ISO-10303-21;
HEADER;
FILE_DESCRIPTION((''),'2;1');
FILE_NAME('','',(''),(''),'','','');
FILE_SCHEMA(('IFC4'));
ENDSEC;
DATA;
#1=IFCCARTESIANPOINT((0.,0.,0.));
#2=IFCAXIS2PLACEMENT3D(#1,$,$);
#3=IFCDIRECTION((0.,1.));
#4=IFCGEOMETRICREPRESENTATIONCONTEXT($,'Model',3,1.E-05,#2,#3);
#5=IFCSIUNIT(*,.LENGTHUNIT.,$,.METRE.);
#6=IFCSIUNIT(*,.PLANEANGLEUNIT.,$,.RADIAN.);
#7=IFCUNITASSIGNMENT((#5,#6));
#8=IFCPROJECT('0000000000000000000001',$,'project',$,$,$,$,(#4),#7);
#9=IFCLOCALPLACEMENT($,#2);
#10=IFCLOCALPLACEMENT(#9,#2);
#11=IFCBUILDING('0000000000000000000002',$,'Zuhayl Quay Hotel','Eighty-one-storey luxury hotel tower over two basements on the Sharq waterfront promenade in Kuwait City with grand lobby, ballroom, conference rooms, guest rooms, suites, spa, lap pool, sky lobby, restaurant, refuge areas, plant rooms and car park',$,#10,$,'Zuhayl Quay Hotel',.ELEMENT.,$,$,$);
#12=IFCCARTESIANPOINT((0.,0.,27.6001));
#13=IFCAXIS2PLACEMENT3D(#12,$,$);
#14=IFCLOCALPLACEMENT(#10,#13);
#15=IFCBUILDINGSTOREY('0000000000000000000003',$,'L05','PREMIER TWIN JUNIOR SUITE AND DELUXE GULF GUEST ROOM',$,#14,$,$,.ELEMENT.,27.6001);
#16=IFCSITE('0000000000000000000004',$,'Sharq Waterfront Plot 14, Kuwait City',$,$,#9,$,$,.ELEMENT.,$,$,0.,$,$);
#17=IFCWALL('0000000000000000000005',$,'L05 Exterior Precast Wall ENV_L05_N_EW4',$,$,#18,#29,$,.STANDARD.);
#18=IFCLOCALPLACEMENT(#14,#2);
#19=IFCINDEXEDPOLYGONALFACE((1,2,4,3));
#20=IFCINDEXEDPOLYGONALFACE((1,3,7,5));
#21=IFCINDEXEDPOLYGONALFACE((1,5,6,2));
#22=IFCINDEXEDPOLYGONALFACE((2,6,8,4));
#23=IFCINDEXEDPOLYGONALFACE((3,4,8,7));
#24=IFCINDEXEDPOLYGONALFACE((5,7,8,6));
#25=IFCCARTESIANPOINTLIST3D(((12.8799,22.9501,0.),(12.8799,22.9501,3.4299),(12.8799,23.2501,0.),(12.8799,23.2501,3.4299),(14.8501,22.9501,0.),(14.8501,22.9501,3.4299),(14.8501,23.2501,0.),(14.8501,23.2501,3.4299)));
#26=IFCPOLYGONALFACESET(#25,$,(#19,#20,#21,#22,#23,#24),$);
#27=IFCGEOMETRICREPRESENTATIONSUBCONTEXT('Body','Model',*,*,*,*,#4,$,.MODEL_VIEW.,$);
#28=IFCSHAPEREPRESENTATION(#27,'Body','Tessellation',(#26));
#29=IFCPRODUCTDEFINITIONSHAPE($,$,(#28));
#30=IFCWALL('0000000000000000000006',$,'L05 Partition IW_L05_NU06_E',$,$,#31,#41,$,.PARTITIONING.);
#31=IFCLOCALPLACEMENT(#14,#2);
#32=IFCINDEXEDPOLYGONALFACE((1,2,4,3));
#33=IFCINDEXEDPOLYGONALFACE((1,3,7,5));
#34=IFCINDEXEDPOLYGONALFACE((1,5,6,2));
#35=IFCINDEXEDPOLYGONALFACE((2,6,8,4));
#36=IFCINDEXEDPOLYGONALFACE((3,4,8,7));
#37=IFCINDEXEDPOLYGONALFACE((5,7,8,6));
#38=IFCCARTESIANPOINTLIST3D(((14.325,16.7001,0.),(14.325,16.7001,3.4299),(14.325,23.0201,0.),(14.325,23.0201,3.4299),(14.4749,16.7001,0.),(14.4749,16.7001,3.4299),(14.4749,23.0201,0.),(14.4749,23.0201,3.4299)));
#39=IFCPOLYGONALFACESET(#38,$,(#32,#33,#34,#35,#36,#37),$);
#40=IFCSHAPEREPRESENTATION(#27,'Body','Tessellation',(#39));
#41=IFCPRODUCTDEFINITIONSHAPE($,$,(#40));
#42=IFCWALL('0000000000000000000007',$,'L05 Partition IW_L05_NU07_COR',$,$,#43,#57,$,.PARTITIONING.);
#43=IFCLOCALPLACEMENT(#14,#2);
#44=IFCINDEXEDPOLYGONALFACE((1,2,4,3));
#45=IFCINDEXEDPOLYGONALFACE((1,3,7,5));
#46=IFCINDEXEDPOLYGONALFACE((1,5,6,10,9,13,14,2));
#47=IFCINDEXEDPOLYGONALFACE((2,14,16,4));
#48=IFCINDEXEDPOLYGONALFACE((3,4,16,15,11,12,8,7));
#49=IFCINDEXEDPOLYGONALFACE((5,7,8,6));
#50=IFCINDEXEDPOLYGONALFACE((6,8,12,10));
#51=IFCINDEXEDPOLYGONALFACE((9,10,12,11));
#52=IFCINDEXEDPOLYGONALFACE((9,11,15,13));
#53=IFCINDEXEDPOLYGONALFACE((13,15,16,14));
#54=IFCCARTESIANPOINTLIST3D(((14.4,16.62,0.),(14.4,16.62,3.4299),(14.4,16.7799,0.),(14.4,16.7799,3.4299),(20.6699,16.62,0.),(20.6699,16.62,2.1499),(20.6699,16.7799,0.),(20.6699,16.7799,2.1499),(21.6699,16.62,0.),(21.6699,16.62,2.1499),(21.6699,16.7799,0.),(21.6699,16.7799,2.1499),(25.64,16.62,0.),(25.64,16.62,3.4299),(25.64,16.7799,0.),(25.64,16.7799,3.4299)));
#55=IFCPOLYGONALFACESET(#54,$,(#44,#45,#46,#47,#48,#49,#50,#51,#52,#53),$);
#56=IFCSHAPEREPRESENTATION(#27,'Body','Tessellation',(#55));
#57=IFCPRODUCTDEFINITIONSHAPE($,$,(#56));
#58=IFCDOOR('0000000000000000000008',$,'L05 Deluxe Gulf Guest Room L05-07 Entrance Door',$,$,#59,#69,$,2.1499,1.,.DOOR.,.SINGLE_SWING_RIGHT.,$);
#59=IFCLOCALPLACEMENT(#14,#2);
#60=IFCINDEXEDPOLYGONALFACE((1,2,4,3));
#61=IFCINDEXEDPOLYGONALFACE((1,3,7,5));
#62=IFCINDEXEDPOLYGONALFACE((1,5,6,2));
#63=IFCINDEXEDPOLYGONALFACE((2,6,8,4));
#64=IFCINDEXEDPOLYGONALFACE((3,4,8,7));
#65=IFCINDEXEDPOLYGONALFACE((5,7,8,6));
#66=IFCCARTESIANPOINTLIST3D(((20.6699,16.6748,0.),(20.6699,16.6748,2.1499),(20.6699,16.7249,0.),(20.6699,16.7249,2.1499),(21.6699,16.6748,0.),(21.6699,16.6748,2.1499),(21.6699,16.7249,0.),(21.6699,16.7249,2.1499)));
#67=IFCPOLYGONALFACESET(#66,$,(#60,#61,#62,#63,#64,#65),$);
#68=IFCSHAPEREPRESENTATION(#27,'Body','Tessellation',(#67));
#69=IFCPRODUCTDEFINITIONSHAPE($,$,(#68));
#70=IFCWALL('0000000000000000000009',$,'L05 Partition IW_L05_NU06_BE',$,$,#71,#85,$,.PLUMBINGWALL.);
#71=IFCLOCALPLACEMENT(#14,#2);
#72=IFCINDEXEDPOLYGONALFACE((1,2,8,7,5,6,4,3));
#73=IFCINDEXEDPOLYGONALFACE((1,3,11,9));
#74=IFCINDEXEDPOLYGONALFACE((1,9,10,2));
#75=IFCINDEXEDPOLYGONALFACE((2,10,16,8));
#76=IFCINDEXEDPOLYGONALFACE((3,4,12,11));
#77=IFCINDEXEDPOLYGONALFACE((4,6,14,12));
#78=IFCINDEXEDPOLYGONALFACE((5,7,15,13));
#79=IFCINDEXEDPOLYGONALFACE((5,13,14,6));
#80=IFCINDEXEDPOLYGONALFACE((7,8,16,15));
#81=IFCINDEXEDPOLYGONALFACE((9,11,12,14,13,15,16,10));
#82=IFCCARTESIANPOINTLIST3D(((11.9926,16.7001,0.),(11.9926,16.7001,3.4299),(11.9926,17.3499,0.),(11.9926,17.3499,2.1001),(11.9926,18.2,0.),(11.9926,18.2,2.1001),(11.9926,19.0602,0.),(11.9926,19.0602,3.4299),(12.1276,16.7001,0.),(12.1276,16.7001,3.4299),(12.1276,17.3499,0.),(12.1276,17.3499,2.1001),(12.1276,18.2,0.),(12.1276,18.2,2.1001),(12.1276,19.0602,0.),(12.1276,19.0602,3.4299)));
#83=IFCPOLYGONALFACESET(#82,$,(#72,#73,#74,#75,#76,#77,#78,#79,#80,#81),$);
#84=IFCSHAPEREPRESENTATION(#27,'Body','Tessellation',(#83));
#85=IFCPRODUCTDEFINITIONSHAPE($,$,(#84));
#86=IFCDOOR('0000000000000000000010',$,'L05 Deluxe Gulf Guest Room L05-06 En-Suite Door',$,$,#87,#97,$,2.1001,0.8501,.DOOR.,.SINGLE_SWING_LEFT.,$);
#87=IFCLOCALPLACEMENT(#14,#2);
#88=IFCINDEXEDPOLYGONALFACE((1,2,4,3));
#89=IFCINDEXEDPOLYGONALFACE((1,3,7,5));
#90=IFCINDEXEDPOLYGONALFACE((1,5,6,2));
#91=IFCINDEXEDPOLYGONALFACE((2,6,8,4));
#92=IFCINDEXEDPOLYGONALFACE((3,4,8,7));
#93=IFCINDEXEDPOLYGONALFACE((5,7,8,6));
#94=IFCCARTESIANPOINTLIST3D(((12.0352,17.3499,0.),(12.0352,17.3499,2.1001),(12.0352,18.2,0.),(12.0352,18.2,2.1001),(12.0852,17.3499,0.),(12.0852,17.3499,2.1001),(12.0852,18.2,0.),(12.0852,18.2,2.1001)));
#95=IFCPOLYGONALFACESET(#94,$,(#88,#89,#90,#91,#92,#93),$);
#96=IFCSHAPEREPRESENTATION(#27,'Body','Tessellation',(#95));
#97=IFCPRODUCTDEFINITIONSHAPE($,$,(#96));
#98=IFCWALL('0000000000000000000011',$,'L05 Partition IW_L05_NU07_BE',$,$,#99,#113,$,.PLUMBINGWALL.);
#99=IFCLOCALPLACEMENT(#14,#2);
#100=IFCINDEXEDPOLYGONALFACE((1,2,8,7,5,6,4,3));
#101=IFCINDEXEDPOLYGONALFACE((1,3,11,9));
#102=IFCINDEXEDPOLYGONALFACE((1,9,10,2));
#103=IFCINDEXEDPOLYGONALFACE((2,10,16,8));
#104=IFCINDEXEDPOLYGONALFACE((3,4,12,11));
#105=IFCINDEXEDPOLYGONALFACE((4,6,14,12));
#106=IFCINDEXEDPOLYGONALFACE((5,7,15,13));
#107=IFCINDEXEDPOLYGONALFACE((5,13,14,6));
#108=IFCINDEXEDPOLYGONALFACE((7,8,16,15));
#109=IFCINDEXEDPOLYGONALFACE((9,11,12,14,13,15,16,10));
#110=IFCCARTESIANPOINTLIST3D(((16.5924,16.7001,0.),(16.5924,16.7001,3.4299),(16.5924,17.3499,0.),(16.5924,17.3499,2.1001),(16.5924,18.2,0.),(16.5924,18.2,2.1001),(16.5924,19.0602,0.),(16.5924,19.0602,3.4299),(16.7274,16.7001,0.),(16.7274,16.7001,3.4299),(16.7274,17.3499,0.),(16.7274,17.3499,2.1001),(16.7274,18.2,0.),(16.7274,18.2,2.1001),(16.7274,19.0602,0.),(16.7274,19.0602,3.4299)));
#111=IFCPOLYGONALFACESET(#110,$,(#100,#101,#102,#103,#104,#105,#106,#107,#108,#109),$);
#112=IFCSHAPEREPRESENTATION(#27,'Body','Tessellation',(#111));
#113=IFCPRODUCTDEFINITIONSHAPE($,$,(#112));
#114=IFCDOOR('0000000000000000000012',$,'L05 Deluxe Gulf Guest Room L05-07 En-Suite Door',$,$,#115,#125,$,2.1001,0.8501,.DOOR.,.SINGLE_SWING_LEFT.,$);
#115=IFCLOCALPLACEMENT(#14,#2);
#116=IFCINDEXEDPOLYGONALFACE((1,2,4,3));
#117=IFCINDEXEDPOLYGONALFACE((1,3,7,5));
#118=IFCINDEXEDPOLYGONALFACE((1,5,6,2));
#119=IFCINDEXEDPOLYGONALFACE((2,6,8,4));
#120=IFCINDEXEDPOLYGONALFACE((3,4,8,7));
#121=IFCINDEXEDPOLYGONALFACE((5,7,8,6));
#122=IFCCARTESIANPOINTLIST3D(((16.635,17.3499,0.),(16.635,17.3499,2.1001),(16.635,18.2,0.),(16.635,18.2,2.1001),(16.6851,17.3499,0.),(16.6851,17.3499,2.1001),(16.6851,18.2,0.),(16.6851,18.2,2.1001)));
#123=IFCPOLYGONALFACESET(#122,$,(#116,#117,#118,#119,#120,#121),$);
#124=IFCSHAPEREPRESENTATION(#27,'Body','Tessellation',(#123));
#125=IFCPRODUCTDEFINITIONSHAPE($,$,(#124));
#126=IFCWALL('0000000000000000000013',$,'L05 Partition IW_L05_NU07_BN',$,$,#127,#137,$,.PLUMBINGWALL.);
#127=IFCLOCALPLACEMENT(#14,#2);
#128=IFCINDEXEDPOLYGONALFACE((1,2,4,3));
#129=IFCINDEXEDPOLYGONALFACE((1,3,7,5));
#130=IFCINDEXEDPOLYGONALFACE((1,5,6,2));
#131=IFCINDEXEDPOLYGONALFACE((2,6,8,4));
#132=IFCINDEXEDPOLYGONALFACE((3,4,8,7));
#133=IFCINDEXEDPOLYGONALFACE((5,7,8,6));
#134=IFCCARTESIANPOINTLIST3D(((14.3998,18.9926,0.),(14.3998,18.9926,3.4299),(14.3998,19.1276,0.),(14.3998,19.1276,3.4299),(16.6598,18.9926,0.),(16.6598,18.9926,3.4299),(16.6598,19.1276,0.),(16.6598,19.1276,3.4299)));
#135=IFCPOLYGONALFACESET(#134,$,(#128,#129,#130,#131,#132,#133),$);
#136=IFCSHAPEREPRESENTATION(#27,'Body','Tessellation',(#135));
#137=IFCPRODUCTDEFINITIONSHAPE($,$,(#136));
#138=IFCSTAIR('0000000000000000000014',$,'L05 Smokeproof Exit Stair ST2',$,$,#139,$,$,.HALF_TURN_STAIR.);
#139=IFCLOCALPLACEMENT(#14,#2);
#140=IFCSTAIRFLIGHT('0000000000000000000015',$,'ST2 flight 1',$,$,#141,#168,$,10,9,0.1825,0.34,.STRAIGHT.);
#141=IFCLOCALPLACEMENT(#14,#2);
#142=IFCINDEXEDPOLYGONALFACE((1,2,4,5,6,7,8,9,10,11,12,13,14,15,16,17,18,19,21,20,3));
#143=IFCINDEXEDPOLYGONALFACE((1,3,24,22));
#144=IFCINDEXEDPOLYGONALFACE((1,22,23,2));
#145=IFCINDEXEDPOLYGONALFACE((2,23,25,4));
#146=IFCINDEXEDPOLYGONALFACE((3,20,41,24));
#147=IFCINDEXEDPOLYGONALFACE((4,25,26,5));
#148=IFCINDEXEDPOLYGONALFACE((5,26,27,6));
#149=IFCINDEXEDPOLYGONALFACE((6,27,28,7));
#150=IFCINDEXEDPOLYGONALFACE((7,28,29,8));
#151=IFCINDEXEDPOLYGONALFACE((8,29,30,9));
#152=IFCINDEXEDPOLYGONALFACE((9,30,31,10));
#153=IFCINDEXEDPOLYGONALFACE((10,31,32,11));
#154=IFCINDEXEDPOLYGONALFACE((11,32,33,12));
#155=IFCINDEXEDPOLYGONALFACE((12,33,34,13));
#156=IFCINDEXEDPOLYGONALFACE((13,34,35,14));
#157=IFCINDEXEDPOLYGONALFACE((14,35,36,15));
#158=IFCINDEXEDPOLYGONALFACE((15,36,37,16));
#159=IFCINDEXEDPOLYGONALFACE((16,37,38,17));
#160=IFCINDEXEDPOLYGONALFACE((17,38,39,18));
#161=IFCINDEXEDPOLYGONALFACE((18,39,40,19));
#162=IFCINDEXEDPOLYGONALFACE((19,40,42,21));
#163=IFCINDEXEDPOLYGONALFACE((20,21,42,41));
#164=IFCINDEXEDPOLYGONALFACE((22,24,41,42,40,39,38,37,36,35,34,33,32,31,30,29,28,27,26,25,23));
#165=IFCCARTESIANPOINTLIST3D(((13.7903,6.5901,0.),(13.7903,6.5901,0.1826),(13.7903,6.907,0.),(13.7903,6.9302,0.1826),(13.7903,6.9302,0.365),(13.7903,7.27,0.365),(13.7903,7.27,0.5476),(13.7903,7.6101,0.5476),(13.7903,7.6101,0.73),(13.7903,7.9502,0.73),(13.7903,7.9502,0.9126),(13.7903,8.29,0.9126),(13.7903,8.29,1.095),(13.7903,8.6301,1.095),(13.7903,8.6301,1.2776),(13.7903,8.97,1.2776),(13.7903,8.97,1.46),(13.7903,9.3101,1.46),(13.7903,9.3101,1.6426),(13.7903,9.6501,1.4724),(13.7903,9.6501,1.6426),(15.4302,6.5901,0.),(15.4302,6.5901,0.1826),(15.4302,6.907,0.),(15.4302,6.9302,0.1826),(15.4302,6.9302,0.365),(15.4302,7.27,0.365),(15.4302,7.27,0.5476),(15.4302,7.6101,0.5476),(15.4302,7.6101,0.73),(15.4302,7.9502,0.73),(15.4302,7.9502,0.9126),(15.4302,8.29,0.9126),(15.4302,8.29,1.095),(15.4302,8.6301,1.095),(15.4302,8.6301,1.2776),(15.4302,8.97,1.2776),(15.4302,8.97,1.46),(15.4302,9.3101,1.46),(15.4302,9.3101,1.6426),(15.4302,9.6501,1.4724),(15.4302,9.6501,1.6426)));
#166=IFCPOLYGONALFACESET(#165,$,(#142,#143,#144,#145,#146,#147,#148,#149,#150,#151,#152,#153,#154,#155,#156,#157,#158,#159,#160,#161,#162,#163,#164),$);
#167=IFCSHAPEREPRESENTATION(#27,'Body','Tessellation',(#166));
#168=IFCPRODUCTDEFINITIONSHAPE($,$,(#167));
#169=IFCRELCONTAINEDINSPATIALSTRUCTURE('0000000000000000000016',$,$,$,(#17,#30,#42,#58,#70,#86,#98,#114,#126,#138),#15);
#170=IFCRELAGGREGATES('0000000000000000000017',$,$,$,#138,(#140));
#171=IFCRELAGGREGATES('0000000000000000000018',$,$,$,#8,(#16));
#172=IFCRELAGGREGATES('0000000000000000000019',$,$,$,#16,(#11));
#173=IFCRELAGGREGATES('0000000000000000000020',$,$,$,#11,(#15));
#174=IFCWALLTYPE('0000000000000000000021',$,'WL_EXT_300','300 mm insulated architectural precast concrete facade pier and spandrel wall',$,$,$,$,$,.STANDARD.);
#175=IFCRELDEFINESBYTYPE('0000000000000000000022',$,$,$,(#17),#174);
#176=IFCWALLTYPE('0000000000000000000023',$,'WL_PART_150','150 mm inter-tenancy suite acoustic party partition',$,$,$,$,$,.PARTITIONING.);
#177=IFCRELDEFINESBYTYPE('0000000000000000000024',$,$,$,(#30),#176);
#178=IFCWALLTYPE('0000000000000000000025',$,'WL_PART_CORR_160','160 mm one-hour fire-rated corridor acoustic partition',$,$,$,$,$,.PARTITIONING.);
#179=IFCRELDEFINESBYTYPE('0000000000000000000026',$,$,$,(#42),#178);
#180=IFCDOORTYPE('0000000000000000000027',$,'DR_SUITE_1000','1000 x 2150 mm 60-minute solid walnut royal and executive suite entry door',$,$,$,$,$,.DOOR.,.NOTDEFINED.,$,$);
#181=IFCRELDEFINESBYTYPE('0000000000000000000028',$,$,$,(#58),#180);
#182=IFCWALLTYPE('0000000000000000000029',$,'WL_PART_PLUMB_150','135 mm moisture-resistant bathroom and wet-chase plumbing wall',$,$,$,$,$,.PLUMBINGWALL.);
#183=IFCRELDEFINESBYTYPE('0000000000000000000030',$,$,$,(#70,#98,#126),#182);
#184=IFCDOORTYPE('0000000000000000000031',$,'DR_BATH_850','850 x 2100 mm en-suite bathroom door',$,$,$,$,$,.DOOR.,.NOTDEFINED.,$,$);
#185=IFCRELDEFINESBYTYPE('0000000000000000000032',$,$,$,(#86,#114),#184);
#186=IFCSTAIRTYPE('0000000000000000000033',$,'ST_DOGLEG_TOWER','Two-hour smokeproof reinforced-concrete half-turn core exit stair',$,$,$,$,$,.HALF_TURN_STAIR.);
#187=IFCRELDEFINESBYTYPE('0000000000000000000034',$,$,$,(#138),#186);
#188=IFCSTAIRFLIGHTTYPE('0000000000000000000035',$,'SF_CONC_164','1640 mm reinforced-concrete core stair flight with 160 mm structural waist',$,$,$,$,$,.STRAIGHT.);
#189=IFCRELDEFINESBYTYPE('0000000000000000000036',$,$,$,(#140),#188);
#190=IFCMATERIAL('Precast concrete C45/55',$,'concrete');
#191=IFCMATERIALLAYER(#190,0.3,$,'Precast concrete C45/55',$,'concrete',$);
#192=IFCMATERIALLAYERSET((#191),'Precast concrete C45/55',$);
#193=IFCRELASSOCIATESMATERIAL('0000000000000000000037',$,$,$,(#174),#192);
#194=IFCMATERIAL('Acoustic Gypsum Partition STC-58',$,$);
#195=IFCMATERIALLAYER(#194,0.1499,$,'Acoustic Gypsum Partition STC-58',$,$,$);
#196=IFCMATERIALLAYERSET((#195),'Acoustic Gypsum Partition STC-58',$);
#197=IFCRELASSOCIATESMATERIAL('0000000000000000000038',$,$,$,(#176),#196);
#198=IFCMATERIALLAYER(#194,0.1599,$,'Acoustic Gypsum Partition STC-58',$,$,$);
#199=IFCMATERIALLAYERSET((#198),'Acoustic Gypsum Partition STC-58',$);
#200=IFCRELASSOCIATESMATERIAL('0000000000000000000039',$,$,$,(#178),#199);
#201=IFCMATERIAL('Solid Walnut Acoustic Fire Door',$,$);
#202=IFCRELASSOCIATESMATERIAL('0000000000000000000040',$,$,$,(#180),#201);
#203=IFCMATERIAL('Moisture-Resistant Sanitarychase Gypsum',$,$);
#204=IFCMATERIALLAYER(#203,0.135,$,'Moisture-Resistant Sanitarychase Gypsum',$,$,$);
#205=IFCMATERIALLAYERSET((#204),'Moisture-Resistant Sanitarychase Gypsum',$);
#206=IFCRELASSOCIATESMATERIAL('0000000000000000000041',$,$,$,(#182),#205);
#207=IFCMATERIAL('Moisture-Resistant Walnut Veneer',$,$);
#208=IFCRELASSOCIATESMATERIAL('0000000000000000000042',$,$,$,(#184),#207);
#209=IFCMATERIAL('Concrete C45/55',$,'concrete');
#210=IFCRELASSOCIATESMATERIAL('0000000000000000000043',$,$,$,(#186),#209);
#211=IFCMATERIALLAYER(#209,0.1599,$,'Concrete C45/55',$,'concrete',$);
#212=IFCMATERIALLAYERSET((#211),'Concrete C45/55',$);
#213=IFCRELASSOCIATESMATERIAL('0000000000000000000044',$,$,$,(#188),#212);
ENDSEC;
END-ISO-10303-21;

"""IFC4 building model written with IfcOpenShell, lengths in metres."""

from ifc_helpers import new_model, si_unit, direction, frame, frame_2d, origin, place, context, subcontext, project, spatial, polyline, rectangle, outline, extrude, material, layer, layer_set, type_object, element, fill, aggregate, save


model = new_model("IFC4")

# Units and contexts
model_context = context("Model", 3, precision=1e-05, world=origin(), true_north=direction((0.0, 1.0)))
body_context = subcontext(model_context, "Body", "Model", "MODEL_VIEW")
ifc_project = project(units=[si_unit("LENGTHUNIT", "METRE"), si_unit("PLANEANGLEUNIT", "RADIAN")], contexts=[model_context])

# Site, building, storey
site_placement = place(None, origin())
site = spatial("IfcSite", under=ifc_project, at=site_placement, Name="Sharq Waterfront Plot 14, Kuwait City", CompositionType="ELEMENT", RefElevation=0.0)
building_placement = place(site_placement, origin())
building = spatial("IfcBuilding", under=site, at=building_placement, Name="Zuhayl Quay Hotel", Description="Eighty-one-storey luxury hotel tower over two basements on the Sharq waterfront promenade in Kuwait City with grand lobby, ballroom, conference rooms, guest rooms, suites, spa, lap pool, sky lobby, restaurant, refuge areas, plant rooms and car park", LongName="Zuhayl Quay Hotel", CompositionType="ELEMENT")
storey_placement = place(building_placement, frame((0.0, 0.0, 27.6001)))
storey = spatial("IfcBuildingStorey", under=building, at=storey_placement, Name="L05", Description="PREMIER TWIN JUNIOR SUITE AND DELUXE GULF GUEST ROOM", CompositionType="ELEMENT", Elevation=27.6001)

# Walls
ifc_material_1 = material(Name="Precast concrete C45/55", Category="concrete")
ifc_layer_1 = layer(ifc_material_1, 0.3, Name="Precast concrete C45/55", Category="concrete")
ifc_layer_set_1 = layer_set([ifc_layer_1], Name="Precast concrete C45/55")
wall_type_1 = type_object("IfcWallType", Name="WL_EXT_300", Description="300 mm insulated architectural precast concrete facade pier and spandrel wall", PredefinedType="STANDARD", material=ifc_layer_set_1)
wall_1_placement = place(storey_placement, frame((12.8799, 23.1001, 0.0), z_axis=(0.0, 0.0, 1.0), x_axis=(1.0, 0.0, 0.0)))
element("IfcWall", 1, at=wall_1_placement, inside=storey, type_object=wall_type_1, Name="L05 Exterior Precast Wall ENV_L05_N_EW4", PredefinedType="STANDARD", context=body_context, shape_type="SweptSolid", body=[
    extrude(rectangle(XDim=1.9702, YDim=0.3, at=frame_2d((0.9851, 0.0))), origin(), (0.0, 0.0, 1.0), 3.4299),
])
ifc_material_2 = material(Name="Acoustic Gypsum Partition STC-58")
ifc_layer_2 = layer(ifc_material_2, 0.1499, Name="Acoustic Gypsum Partition STC-58")
ifc_layer_set_2 = layer_set([ifc_layer_2], Name="Acoustic Gypsum Partition STC-58")
wall_type_2 = type_object("IfcWallType", Name="WL_PART_150", Description="150 mm inter-tenancy suite acoustic party partition", PredefinedType="PARTITIONING", material=ifc_layer_set_2)
wall_2_placement = place(storey_placement, frame((14.3999, 16.7, 0.0), z_axis=(0.0, 0.0, 1.0), x_axis=(0.0, 1.0, 0.0)))
element("IfcWall", 2, at=wall_2_placement, inside=storey, type_object=wall_type_2, Name="L05 Partition IW_L05_NU06_E", PredefinedType="PARTITIONING", context=body_context, shape_type="SweptSolid", body=[
    extrude(rectangle(XDim=6.3201, YDim=0.1499, at=frame_2d((3.1602, 0.0))), origin(), (0.0, 0.0, 1.0), 3.4299),
])

# Walls, openings, doors
ifc_layer_3 = layer(ifc_material_2, 0.1599, Name="Acoustic Gypsum Partition STC-58")
ifc_layer_set_3 = layer_set([ifc_layer_3], Name="Acoustic Gypsum Partition STC-58")
wall_type_3 = type_object("IfcWallType", Name="WL_PART_CORR_160", Description="160 mm one-hour fire-rated corridor acoustic partition", PredefinedType="PARTITIONING", material=ifc_layer_set_3)
wall_3_placement = place(storey_placement, frame((14.3999, 16.7, 0.0), z_axis=(0.0, 0.0, 1.0), x_axis=(1.0, 0.0, 0.0)))
wall_3 = element("IfcWall", 3, at=wall_3_placement, inside=storey, type_object=wall_type_3, Name="L05 Partition IW_L05_NU07_COR", PredefinedType="PARTITIONING", context=body_context, shape_type="SweptSolid", body=[
    extrude(rectangle(XDim=11.24, YDim=0.1599, at=frame_2d((5.6201, 0.0))), origin(), (0.0, 0.0, 1.0), 3.4299),
])
opening_1_placement = place(wall_3_placement, frame((6.27, 0.0, 0.0)))
opening_1 = element("IfcOpeningElement", 4, at=opening_1_placement, cuts=wall_3, PredefinedType="OPENING", context=body_context, shape_type="SweptSolid", body=[
    extrude(rectangle(XDim=1.0, YDim=2.1499, at=frame_2d((0.5, 1.075))), frame((0.0, 0.0898, 0.0), z_axis=(0.0, -1.0, 0.0), x_axis=(1.0, 0.0, 0.0)), (0.0, 0.0, 1.0), 0.1799),
])
ifc_material_3 = material(Name="Solid Walnut Acoustic Fire Door")
door_type_1 = type_object("IfcDoorType", Name="DR_SUITE_1000", Description="1000 x 2150 mm 60-minute solid walnut royal and executive suite entry door", OperationType="NOTDEFINED", PredefinedType="DOOR", material=ifc_material_3)
door_1_placement = place(opening_1_placement, origin())
door_1 = element("IfcDoor", 5, at=door_1_placement, inside=storey, type_object=door_type_1, Name="L05 Deluxe Gulf Guest Room L05-07 Entrance Door", OperationType="SINGLE_SWING_RIGHT", OverallHeight=2.1499, OverallWidth=1.0, PredefinedType="DOOR", context=body_context, shape_type="SweptSolid", body=[
    extrude(rectangle(XDim=1.0, YDim=2.1499, at=frame_2d((0.5, 1.075))), frame((0.0, 0.0249, 0.0), z_axis=(0.0, -1.0, 0.0), x_axis=(1.0, 0.0, 0.0)), (0.0, 0.0, 1.0), 0.05),
])
fill(opening_1, door_1)
ifc_material_4 = material(Name="Moisture-Resistant Sanitarychase Gypsum")
ifc_layer_4 = layer(ifc_material_4, 0.135, Name="Moisture-Resistant Sanitarychase Gypsum")
ifc_layer_set_4 = layer_set([ifc_layer_4], Name="Moisture-Resistant Sanitarychase Gypsum")
wall_type_4 = type_object("IfcWallType", Name="WL_PART_PLUMB_150", Description="135 mm moisture-resistant bathroom and wet-chase plumbing wall", PredefinedType="PLUMBINGWALL", material=ifc_layer_set_4)
wall_4_placement = place(storey_placement, frame((12.0601, 16.7, 0.0), z_axis=(0.0, 0.0, 1.0), x_axis=(0.0, 1.0, 0.0)))
wall_4 = element("IfcWall", 6, at=wall_4_placement, inside=storey, type_object=wall_type_4, Name="L05 Partition IW_L05_NU06_BE", PredefinedType="PLUMBINGWALL", context=body_context, shape_type="SweptSolid", body=[
    extrude(rectangle(XDim=2.3601, YDim=0.135, at=frame_2d((1.1802, 0.0))), origin(), (0.0, 0.0, 1.0), 3.4299),
])
opening_2_placement = place(wall_4_placement, frame((0.6499, 0.0, 0.0)))
opening_2 = element("IfcOpeningElement", 7, at=opening_2_placement, cuts=wall_4, PredefinedType="OPENING", context=body_context, shape_type="SweptSolid", body=[
    extrude(rectangle(XDim=0.8501, YDim=2.1001, at=frame_2d((0.425, 1.05))), frame((0.0, 0.0774, 0.0), z_axis=(0.0, -1.0, 0.0), x_axis=(1.0, 0.0, 0.0)), (0.0, 0.0, 1.0), 0.155),
])
ifc_material_5 = material(Name="Moisture-Resistant Walnut Veneer")
door_type_2 = type_object("IfcDoorType", Name="DR_BATH_850", Description="850 x 2100 mm en-suite bathroom door", OperationType="NOTDEFINED", PredefinedType="DOOR", material=ifc_material_5)
door_2_placement = place(opening_2_placement, origin())
door_2 = element("IfcDoor", 8, at=door_2_placement, inside=storey, type_object=door_type_2, Name="L05 Deluxe Gulf Guest Room L05-06 En-Suite Door", OperationType="SINGLE_SWING_LEFT", OverallHeight=2.1001, OverallWidth=0.8501, PredefinedType="DOOR", context=body_context, shape_type="SweptSolid", body=[
    extrude(rectangle(XDim=0.8501, YDim=2.1001, at=frame_2d((0.425, 1.05))), frame((0.0, 0.0249, 0.0), z_axis=(0.0, -1.0, 0.0), x_axis=(1.0, 0.0, 0.0)), (0.0, 0.0, 1.0), 0.05),
])
fill(opening_2, door_2)
wall_5_placement = place(storey_placement, frame((16.6599, 16.7, 0.0), z_axis=(0.0, 0.0, 1.0), x_axis=(0.0, 1.0, 0.0)))
wall_5 = element("IfcWall", 9, at=wall_5_placement, inside=storey, type_object=wall_type_4, Name="L05 Partition IW_L05_NU07_BE", PredefinedType="PLUMBINGWALL", context=body_context, shape_type="SweptSolid", body=[
    extrude(rectangle(XDim=2.3601, YDim=0.135, at=frame_2d((1.1802, 0.0))), origin(), (0.0, 0.0, 1.0), 3.4299),
])
opening_3_placement = place(wall_5_placement, frame((0.6499, 0.0, 0.0)))
opening_3 = element("IfcOpeningElement", 10, at=opening_3_placement, cuts=wall_5, PredefinedType="OPENING", context=body_context, shape_type="SweptSolid", body=[
    extrude(rectangle(XDim=0.8501, YDim=2.1001, at=frame_2d((0.425, 1.05))), frame((0.0, 0.0774, 0.0), z_axis=(0.0, -1.0, 0.0), x_axis=(1.0, 0.0, 0.0)), (0.0, 0.0, 1.0), 0.155),
])
door_3_placement = place(opening_3_placement, origin())
door_3 = element("IfcDoor", 11, at=door_3_placement, inside=storey, type_object=door_type_2, Name="L05 Deluxe Gulf Guest Room L05-07 En-Suite Door", OperationType="SINGLE_SWING_LEFT", OverallHeight=2.1001, OverallWidth=0.8501, PredefinedType="DOOR", context=body_context, shape_type="SweptSolid", body=[
    extrude(rectangle(XDim=0.8501, YDim=2.1001, at=frame_2d((0.425, 1.05))), frame((0.0, 0.0249, 0.0), z_axis=(0.0, -1.0, 0.0), x_axis=(1.0, 0.0, 0.0)), (0.0, 0.0, 1.0), 0.05),
])
fill(opening_3, door_3)

# Wall
wall_6_placement = place(storey_placement, frame((14.3999, 19.0601, 0.0), z_axis=(0.0, 0.0, 1.0), x_axis=(1.0, 0.0, 0.0)))
element("IfcWall", 12, at=wall_6_placement, inside=storey, type_object=wall_type_4, Name="L05 Partition IW_L05_NU07_BN", PredefinedType="PLUMBINGWALL", context=body_context, shape_type="SweptSolid", body=[
    extrude(rectangle(XDim=2.26, YDim=0.135, at=frame_2d((1.1299, 0.0))), origin(), (0.0, 0.0, 1.0), 3.4299),
])

# Stair, stair flight
ifc_material_6 = material(Name="Concrete C45/55", Category="concrete")
stair_type = type_object("IfcStairType", Name="ST_DOGLEG_TOWER", Description="Two-hour smokeproof reinforced-concrete half-turn core exit stair", PredefinedType="HALF_TURN_STAIR", material=ifc_material_6)
stair_placement = place(storey_placement, origin())
stair = element("IfcStair", 13, at=stair_placement, inside=storey, type_object=stair_type, Name="L05 Smokeproof Exit Stair ST2", PredefinedType="HALF_TURN_STAIR")
ifc_layer_5 = layer(ifc_material_6, 0.1599, Name="Concrete C45/55", Category="concrete")
ifc_layer_set_5 = layer_set([ifc_layer_5], Name="Concrete C45/55")
stair_flight_type = type_object("IfcStairFlightType", Name="SF_CONC_164", Description="1640 mm reinforced-concrete core stair flight with 160 mm structural waist", PredefinedType="STRAIGHT", material=ifc_layer_set_5)
stair_flight_1_placement = place(storey_placement, frame((14.6101, 6.5901, 0.0), z_axis=(0.0, 0.0, 1.0), x_axis=(0.0, 1.0, 0.0)))
stair_flight_1 = element("IfcStairFlight", 14, at=stair_flight_1_placement, type_object=stair_flight_type, Name="ST2 flight 1", NumberOfRisers=10, NumberOfTreads=9, PredefinedType="STRAIGHT", RiserHeight=0.1825, TreadLength=0.34, context=body_context, shape_type="SweptSolid", body=[
    extrude(outline(polyline([(0.0, 0.0), (0.0, 0.1826), (0.3401, 0.1826), (0.3401, 0.365), (0.6799, 0.365), (0.6799, 0.5476), (1.02, 0.5476), (1.02, 0.73), (1.3601, 0.73), (1.3601, 0.9126), (1.7, 0.9126), (1.7, 1.095), (2.04, 1.095), (2.04, 1.2776), (2.3799, 1.2776), (2.3799, 1.46), (2.72, 1.46), (2.72, 1.6426), (3.0601, 1.6426), (3.0601, 1.825), (3.0601, 1.4724), (0.3169, 0.0), (0.0, 0.0)])), frame((0.0, 0.8198, 0.0), z_axis=(0.0, -1.0, 0.0), x_axis=(1.0, 0.0, 0.0)), (0.0, 0.0, 1.0), 1.6399),
])
aggregate(stair, [stair_flight_1])

save(model, "model.ifc")
